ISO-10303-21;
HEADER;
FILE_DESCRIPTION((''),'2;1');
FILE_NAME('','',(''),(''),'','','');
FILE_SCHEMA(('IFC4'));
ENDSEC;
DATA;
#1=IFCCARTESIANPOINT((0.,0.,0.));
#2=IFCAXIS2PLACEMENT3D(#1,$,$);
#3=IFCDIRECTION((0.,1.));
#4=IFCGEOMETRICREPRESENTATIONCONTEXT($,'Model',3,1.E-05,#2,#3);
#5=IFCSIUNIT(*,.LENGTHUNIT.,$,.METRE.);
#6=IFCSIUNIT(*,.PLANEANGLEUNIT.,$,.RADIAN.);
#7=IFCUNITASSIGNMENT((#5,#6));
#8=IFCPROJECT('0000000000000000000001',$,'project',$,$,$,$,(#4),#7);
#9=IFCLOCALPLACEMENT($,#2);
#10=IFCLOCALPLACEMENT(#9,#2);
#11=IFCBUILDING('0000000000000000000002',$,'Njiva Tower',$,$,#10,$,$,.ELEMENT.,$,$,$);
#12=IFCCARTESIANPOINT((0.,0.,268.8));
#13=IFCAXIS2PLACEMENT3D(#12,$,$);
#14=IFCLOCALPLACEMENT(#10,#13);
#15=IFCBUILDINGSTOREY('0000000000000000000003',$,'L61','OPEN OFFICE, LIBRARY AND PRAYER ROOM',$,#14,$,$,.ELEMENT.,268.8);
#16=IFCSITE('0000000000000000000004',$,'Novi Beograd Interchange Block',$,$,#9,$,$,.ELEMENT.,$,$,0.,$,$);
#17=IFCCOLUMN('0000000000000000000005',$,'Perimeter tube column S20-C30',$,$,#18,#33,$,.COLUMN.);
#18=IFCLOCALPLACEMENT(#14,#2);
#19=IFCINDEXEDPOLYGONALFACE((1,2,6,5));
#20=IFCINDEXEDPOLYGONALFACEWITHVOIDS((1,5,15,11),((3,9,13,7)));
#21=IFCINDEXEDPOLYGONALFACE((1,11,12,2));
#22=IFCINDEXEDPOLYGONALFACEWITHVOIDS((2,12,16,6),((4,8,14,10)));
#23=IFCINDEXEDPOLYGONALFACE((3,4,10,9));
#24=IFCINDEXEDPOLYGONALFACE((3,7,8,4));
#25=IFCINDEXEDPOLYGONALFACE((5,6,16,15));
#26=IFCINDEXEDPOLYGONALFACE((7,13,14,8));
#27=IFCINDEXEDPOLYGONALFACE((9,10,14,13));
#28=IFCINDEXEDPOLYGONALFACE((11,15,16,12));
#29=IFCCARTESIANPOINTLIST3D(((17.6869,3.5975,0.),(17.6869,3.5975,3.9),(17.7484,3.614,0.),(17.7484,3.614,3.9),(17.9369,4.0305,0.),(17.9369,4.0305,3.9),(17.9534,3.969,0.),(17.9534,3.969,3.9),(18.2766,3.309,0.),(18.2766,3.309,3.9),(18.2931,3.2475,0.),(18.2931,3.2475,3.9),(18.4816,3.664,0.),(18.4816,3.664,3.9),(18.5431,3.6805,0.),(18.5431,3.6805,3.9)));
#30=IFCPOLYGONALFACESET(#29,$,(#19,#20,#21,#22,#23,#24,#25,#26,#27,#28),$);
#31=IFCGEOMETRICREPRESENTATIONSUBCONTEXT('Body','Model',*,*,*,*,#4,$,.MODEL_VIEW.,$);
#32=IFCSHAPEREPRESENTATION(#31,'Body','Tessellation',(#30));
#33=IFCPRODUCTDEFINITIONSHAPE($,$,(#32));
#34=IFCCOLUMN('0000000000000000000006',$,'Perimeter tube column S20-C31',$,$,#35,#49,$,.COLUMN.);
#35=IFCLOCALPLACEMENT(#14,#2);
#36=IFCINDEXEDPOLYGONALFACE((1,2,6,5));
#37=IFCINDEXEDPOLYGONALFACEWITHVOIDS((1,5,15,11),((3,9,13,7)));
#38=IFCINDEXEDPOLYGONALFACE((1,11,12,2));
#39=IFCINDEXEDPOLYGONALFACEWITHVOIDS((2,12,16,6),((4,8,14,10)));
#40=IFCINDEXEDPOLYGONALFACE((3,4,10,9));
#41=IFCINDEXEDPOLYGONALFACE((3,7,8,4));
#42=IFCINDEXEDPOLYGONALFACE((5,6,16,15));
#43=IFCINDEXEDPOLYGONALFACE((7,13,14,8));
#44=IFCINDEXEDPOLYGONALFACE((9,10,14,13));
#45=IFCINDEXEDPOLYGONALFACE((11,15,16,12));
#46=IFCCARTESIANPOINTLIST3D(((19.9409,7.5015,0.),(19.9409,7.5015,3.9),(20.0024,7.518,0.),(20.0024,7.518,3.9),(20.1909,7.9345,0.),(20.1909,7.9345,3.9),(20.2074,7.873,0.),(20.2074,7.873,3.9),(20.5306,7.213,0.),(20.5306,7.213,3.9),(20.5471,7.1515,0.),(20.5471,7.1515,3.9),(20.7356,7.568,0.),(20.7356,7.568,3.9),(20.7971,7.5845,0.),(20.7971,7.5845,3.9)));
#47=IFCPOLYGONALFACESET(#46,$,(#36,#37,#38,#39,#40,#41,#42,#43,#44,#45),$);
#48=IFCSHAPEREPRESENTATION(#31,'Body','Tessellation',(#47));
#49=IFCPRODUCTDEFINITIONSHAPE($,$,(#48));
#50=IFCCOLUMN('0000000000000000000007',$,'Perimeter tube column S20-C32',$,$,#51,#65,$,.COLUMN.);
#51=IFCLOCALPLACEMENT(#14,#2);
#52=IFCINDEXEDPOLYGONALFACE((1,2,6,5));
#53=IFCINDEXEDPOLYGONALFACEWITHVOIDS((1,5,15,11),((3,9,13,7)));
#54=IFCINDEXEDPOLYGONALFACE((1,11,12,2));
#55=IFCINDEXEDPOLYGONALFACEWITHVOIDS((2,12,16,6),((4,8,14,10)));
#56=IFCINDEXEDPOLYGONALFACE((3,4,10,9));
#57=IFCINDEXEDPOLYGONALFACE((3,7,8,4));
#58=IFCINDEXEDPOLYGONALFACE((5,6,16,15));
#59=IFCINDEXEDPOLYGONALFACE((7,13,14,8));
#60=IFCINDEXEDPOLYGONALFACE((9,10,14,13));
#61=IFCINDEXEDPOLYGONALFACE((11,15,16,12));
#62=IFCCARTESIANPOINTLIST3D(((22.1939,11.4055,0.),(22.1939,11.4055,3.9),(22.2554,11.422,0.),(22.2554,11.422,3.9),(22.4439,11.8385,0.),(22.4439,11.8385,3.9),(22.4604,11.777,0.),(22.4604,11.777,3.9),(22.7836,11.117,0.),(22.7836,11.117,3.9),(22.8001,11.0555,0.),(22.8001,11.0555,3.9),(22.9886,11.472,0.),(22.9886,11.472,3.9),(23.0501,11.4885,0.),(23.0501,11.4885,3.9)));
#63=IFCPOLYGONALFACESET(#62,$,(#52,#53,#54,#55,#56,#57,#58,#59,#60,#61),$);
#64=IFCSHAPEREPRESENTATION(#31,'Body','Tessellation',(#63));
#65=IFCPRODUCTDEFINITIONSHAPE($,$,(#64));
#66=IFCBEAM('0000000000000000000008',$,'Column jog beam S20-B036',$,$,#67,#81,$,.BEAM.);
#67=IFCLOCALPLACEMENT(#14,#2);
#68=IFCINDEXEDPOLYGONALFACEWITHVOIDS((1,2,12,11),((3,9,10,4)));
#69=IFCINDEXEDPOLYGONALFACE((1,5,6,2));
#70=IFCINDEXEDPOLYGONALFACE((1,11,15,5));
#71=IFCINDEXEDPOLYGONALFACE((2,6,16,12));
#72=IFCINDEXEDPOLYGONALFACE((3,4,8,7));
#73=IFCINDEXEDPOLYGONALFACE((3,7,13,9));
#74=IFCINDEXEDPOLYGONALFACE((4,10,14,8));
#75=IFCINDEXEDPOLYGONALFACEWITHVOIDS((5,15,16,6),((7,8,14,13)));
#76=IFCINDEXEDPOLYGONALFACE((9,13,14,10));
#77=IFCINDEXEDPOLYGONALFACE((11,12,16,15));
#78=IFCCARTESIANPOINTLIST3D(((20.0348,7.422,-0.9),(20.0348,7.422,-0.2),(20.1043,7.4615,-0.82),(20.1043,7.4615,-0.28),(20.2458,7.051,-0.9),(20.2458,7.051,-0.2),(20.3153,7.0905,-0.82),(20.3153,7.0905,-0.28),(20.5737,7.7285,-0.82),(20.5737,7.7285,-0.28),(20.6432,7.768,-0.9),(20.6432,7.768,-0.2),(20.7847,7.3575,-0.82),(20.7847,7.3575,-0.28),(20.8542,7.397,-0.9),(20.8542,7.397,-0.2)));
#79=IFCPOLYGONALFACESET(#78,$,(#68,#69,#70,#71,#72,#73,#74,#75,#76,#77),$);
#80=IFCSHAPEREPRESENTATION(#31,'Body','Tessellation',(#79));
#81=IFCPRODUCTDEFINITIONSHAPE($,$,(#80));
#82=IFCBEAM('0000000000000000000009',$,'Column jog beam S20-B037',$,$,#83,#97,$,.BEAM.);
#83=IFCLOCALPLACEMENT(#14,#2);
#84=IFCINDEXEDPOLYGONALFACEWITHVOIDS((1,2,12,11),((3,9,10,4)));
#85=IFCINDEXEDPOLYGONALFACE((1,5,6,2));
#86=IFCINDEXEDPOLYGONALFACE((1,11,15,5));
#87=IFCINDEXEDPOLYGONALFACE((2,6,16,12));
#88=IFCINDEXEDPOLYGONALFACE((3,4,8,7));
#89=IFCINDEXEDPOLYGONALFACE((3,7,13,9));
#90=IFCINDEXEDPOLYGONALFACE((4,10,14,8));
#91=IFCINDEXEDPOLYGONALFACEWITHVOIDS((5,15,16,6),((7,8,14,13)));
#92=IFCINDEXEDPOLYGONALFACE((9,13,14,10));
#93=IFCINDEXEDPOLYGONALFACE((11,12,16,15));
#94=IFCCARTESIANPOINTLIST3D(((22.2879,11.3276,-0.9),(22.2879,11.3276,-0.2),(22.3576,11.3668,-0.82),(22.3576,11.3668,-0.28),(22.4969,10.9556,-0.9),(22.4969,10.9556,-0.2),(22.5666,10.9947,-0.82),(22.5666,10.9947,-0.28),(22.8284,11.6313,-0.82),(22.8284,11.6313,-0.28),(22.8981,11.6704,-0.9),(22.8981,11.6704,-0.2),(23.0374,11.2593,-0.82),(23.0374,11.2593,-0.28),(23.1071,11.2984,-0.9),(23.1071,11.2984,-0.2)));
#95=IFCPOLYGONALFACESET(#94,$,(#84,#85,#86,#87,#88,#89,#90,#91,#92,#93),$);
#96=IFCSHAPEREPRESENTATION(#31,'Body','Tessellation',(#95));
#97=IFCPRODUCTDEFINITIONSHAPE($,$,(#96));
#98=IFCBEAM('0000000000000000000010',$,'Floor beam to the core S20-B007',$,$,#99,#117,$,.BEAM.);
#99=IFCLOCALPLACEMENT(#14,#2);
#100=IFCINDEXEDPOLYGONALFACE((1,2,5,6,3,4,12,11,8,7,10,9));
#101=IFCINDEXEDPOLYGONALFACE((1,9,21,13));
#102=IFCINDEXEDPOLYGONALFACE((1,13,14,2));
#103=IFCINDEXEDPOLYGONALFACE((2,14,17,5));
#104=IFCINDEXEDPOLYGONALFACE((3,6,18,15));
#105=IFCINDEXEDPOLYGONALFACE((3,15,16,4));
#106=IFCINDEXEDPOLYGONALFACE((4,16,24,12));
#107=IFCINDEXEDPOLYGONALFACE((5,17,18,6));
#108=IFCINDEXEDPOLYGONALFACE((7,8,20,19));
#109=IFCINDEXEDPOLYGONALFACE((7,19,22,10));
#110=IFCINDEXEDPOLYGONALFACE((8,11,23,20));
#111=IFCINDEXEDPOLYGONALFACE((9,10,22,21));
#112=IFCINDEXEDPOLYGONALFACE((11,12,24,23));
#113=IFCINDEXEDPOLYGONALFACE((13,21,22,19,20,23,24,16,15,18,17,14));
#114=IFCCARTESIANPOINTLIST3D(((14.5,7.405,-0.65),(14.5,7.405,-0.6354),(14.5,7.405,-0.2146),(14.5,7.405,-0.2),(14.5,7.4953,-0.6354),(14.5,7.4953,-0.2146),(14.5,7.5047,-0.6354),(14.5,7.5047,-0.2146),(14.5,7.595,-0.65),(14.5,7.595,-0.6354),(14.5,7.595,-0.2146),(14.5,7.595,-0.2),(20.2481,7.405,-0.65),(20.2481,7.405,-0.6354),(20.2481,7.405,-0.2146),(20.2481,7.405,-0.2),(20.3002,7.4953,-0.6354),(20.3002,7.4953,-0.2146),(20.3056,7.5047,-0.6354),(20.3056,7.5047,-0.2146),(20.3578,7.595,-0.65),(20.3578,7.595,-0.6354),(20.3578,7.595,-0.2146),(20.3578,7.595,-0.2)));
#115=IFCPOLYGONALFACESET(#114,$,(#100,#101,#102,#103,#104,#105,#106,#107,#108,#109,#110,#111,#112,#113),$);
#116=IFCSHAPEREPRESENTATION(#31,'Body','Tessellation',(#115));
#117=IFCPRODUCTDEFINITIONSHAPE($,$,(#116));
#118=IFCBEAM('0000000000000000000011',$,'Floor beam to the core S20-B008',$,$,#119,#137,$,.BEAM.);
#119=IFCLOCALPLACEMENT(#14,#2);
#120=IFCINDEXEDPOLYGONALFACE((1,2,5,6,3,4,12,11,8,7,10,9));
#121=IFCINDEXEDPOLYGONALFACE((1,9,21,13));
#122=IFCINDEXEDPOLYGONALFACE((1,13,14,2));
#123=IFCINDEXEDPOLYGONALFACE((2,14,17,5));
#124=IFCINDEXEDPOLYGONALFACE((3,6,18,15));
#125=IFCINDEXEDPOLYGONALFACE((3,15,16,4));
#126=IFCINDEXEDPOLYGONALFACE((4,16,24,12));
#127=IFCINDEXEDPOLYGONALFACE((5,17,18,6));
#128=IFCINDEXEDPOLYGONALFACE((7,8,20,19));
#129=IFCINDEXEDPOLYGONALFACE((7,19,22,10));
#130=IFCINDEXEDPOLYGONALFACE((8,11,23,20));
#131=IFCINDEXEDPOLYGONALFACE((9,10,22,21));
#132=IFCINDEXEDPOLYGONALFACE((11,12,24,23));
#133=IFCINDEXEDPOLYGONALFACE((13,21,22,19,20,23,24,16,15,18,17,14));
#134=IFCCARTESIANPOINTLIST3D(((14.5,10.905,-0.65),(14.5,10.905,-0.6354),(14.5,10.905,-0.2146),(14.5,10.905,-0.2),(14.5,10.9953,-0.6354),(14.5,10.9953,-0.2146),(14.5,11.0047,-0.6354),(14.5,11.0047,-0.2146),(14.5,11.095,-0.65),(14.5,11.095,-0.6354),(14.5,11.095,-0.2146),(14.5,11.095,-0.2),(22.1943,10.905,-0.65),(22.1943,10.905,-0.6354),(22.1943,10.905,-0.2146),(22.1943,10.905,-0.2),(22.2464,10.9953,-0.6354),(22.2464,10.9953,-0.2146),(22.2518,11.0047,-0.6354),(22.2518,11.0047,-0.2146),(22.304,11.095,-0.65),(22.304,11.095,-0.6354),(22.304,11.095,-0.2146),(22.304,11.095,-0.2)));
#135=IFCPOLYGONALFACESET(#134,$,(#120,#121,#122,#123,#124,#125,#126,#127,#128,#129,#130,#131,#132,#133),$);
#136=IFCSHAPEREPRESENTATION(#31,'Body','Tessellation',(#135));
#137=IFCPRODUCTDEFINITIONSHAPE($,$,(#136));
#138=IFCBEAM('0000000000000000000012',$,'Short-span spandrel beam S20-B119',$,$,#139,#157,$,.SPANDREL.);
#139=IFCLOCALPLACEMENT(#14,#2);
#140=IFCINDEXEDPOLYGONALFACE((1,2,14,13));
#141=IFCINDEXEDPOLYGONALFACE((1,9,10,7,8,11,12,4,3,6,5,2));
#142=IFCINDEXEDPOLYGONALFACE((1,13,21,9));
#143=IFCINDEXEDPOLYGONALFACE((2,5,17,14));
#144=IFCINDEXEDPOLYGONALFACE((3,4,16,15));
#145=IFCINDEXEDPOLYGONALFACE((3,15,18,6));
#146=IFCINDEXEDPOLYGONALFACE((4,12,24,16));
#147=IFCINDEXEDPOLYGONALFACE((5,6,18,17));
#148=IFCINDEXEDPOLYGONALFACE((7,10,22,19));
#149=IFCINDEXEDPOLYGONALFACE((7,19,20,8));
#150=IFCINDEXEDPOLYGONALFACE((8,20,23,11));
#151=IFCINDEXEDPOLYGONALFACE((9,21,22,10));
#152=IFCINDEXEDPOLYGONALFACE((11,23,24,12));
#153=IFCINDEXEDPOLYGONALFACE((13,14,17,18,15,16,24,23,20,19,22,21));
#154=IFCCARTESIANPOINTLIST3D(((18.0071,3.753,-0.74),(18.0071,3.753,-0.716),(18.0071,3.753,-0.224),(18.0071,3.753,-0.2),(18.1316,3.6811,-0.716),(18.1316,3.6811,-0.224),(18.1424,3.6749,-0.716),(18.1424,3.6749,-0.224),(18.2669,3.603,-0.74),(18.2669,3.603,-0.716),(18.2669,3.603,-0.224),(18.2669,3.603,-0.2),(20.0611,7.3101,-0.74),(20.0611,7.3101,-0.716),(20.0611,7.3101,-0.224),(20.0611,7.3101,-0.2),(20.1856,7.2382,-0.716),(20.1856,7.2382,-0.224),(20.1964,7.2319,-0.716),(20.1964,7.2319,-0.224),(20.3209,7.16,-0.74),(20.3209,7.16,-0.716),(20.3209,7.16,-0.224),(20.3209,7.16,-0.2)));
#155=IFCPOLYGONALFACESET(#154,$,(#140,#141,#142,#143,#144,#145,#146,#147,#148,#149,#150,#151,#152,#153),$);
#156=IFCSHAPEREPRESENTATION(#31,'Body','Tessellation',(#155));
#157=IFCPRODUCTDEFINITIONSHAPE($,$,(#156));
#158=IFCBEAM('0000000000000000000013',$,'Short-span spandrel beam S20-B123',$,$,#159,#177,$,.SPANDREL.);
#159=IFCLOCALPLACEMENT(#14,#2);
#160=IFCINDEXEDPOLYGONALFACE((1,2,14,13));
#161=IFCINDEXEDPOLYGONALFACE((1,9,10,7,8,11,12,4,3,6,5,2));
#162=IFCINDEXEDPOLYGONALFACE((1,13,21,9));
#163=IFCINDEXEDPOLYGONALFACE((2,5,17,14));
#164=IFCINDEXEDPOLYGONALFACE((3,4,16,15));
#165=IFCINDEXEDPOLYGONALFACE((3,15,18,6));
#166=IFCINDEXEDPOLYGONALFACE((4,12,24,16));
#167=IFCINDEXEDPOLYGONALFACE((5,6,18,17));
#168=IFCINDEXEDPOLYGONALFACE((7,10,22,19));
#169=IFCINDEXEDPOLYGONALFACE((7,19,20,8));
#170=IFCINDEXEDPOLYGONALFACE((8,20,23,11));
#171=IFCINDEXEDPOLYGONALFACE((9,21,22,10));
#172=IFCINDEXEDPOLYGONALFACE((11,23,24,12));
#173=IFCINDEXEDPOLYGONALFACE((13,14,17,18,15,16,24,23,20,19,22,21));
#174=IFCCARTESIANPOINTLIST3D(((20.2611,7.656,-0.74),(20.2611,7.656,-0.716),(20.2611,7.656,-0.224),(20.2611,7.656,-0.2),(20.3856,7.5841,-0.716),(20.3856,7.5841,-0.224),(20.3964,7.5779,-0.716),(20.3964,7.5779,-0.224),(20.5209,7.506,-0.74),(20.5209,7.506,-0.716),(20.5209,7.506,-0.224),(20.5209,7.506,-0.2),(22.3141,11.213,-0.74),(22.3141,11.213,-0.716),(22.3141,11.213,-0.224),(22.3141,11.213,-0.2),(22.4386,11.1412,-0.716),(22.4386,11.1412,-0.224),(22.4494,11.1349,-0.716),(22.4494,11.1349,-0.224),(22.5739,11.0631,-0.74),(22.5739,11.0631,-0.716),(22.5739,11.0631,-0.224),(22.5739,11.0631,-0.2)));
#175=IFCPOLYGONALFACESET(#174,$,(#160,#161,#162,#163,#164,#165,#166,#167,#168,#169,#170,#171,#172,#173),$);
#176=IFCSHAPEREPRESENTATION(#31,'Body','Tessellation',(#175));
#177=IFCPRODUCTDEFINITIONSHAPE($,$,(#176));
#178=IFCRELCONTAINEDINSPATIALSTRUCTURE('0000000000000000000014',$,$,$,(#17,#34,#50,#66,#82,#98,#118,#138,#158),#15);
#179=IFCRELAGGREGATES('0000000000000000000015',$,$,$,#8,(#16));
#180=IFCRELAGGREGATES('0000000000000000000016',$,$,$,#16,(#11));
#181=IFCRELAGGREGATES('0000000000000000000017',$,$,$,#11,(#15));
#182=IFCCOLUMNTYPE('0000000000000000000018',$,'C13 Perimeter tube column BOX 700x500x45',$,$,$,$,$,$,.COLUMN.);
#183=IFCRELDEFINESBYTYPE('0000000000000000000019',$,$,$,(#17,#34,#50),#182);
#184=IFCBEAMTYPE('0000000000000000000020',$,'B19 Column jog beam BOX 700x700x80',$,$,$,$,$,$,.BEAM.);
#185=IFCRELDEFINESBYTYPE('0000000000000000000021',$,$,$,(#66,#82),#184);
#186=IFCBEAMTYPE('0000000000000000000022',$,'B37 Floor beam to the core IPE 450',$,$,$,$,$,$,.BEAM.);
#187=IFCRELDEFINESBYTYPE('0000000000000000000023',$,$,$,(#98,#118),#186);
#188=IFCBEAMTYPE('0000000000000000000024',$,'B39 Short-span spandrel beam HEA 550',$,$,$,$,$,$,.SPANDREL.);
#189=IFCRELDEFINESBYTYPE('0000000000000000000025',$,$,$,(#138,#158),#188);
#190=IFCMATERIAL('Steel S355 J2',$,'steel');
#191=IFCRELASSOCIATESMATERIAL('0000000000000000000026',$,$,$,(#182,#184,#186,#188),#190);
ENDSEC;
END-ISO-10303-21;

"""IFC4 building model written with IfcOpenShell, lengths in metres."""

from ifc_helpers import new_model, si_unit, direction, frame, origin, origin_2d, place, context, subcontext, project, spatial, hollow_rectangle, i_section, extrude, clip, halfspace, material, material_profile, profile_set, type_object, element, save


model = new_model("IFC4")

# Units and contexts
model_context = context("Model", 3, precision=1e-05, world=origin(), true_north=direction((0.0, 1.0)))
body_context = subcontext(model_context, "Body", "Model", "MODEL_VIEW")
ifc_project = project(units=[si_unit("LENGTHUNIT", "METRE"), si_unit("PLANEANGLEUNIT", "RADIAN")], contexts=[model_context])

# Site, building, storey
site_placement = place(None, origin())
site = spatial("IfcSite", under=ifc_project, at=site_placement, Name="Novi Beograd Interchange Block", CompositionType="ELEMENT", RefElevation=0.0)
building_placement = place(site_placement, origin())
building = spatial("IfcBuilding", under=site, at=building_placement, Name="Njiva Tower", CompositionType="ELEMENT")
storey_placement = place(building_placement, frame((0.0, 0.0, 268.8)))
storey = spatial("IfcBuildingStorey", under=building, at=storey_placement, Name="L61", Description="OPEN OFFICE, LIBRARY AND PRAYER ROOM", CompositionType="ELEMENT", Elevation=268.8)

# Columns
ifc_material_1 = material(Name="Steel S355 J2", Category="steel")
ifc_material_profile_1 = material_profile(ifc_material_1, hollow_rectangle(XDim=0.5, YDim=0.7, WallThickness=0.045, at=origin_2d()), Name="BOX 700x500x45")
ifc_profile_set_1 = profile_set([ifc_material_profile_1], Name="Steel S355 J2")
column_type = type_object("IfcColumnType", Name="C13 Perimeter tube column BOX 700x500x45", PredefinedType="COLUMN", material=ifc_profile_set_1)
for number, where, z_axis, x_axis, name in (
    (1, (18.115, 3.639, 0.0), (0.0, 0.0, 1.0), (0.5, 0.866025, 0.0), "Perimeter tube column S20-C30"),
    (2, (20.369, 7.543, 0.0), (0.0, 0.0, 1.0), (0.5, 0.866025, 0.0), "Perimeter tube column S20-C31"),
    (3, (22.622, 11.447, 0.0), (0.0, 0.0, 1.0), (0.5, 0.866025, 0.0), "Perimeter tube column S20-C32"),
):
    element("IfcColumn", number, at=place(storey_placement, frame(where, z_axis=z_axis, x_axis=x_axis)), inside=storey, type_object=column_type, Name=name, PredefinedType="COLUMN", context=body_context, shape_type="SweptSolid", body=[
        extrude(hollow_rectangle(XDim=0.5, YDim=0.7, WallThickness=0.045, at=origin_2d()), origin(), (0.0, 0.0, 1.0), 3.9),
    ])

# Beams
ifc_material_profile_2 = material_profile(ifc_material_1, hollow_rectangle(XDim=0.7, YDim=0.7, WallThickness=0.08, at=origin_2d()), Name="BOX 700x700x80")
ifc_profile_set_2 = profile_set([ifc_material_profile_2], Name="Steel S355 J2")
beam_type_1 = type_object("IfcBeamType", Name="B19 Column jog beam BOX 700x700x80", PredefinedType="BEAM", material=ifc_profile_set_2)
beam_1_placement = place(storey_placement, frame((20.55, 7.224, -0.55), z_axis=(-0.494372, 0.869251, 0.0), x_axis=(-0.869251, -0.494372, 0.0)))
element("IfcBeam", 4, at=beam_1_placement, inside=storey, type_object=beam_type_1, Name="Column jog beam S20-B036", PredefinedType="BEAM", context=body_context, shape_type="SweptSolid", body=[
    extrude(hollow_rectangle(XDim=0.7, YDim=0.7, WallThickness=0.08, at=origin_2d()), origin(), (0.0, 0.0, 1.0), 0.4268),
])
beam_2_placement = place(storey_placement, frame((22.802, 11.127, -0.55), z_axis=(-0.489816, 0.871826, 0.0), x_axis=(-0.871826, -0.489816, 0.0)))
element("IfcBeam", 5, at=beam_2_placement, inside=storey, type_object=beam_type_1, Name="Column jog beam S20-B037", PredefinedType="BEAM", context=body_context, shape_type="SweptSolid", body=[
    extrude(hollow_rectangle(XDim=0.7, YDim=0.7, WallThickness=0.08, at=origin_2d()), origin(), (0.0, 0.0, 1.0), 0.4267),
])
ifc_material_profile_3 = material_profile(ifc_material_1, i_section(OverallWidth=0.19, OverallDepth=0.45, WebThickness=0.0094, FlangeThickness=0.0146, at=origin_2d()), Name="IPE 450")
ifc_profile_set_3 = profile_set([ifc_material_profile_3], Name="Steel S355 J2")
beam_type_2 = type_object("IfcBeamType", Name="B37 Floor beam to the core IPE 450", PredefinedType="BEAM", material=ifc_profile_set_3)
beam_3_placement = place(storey_placement, frame((14.5, 7.5, -0.425), z_axis=(1.0, 0.0, 0.0), x_axis=(0.0, 1.0, 0.0)))
element("IfcBeam", 6, at=beam_3_placement, inside=storey, type_object=beam_type_2, Name="Floor beam to the core S20-B007", PredefinedType="BEAM", context=body_context, shape_type="Clipping", body=[
    clip(extrude(i_section(OverallWidth=0.19, OverallDepth=0.45, WebThickness=0.0094, FlangeThickness=0.0146, at=origin_2d()), origin(), (0.0, 0.0, 1.0), 5.878), halfspace(frame((-0.025, 0.0, 5.7885), z_axis=(-0.499998, 0.0, 0.866027), x_axis=(0.0, 1.0, 0.0)), False)),
])
beam_4_placement = place(storey_placement, frame((14.5, 11.0, -0.425), z_axis=(1.0, 0.0, 0.0), x_axis=(0.0, 1.0, 0.0)))
element("IfcBeam", 7, at=beam_4_placement, inside=storey, type_object=beam_type_2, Name="Floor beam to the core S20-B008", PredefinedType="BEAM", context=body_context, shape_type="Clipping", body=[
    clip(extrude(i_section(OverallWidth=0.19, OverallDepth=0.45, WebThickness=0.0094, FlangeThickness=0.0146, at=origin_2d()), origin(), (0.0, 0.0, 1.0), 7.824), halfspace(frame((-0.025, 0.0, 7.7347), z_axis=(-0.499998, 0.0, 0.866027), x_axis=(0.0, 1.0, 0.0)), False)),
])
ifc_material_profile_4 = material_profile(ifc_material_1, i_section(OverallWidth=0.3, OverallDepth=0.54, WebThickness=0.0125, FlangeThickness=0.024, at=origin_2d()), Name="HEA 550")
ifc_profile_set_4 = profile_set([ifc_material_profile_4], Name="Steel S355 J2")
beam_type_3 = type_object("IfcBeamType", Name="B39 Short-span spandrel beam HEA 550", PredefinedType="SPANDREL", material=ifc_profile_set_4)
beam_5_placement = place(storey_placement, frame((18.137, 3.678, -0.47), z_axis=(0.500067, 0.865987, 0.0), x_axis=(-0.865987, 0.500067, 0.0)))
element("IfcBeam", 8, at=beam_5_placement, inside=storey, type_object=beam_type_3, Name="Short-span spandrel beam S20-B119", PredefinedType="SPANDREL", context=body_context, shape_type="SweptSolid", body=[
    extrude(i_section(OverallWidth=0.3, OverallDepth=0.54, WebThickness=0.0125, FlangeThickness=0.024, at=origin_2d()), origin(), (0.0, 0.0, 1.0), 4.1075),
])
beam_6_placement = place(storey_placement, frame((20.391, 7.581, -0.47), z_axis=(0.499884, 0.866092, 0.0), x_axis=(-0.866092, 0.499884, 0.0)))
element("IfcBeam", 9, at=beam_6_placement, inside=storey, type_object=beam_type_3, Name="Short-span spandrel beam S20-B123", PredefinedType="SPANDREL", context=body_context, shape_type="SweptSolid", body=[
    extrude(i_section(OverallWidth=0.3, OverallDepth=0.54, WebThickness=0.0125, FlangeThickness=0.024, at=origin_2d()), origin(), (0.0, 0.0, 1.0), 4.107),
])

save(model, "model.ifc")
